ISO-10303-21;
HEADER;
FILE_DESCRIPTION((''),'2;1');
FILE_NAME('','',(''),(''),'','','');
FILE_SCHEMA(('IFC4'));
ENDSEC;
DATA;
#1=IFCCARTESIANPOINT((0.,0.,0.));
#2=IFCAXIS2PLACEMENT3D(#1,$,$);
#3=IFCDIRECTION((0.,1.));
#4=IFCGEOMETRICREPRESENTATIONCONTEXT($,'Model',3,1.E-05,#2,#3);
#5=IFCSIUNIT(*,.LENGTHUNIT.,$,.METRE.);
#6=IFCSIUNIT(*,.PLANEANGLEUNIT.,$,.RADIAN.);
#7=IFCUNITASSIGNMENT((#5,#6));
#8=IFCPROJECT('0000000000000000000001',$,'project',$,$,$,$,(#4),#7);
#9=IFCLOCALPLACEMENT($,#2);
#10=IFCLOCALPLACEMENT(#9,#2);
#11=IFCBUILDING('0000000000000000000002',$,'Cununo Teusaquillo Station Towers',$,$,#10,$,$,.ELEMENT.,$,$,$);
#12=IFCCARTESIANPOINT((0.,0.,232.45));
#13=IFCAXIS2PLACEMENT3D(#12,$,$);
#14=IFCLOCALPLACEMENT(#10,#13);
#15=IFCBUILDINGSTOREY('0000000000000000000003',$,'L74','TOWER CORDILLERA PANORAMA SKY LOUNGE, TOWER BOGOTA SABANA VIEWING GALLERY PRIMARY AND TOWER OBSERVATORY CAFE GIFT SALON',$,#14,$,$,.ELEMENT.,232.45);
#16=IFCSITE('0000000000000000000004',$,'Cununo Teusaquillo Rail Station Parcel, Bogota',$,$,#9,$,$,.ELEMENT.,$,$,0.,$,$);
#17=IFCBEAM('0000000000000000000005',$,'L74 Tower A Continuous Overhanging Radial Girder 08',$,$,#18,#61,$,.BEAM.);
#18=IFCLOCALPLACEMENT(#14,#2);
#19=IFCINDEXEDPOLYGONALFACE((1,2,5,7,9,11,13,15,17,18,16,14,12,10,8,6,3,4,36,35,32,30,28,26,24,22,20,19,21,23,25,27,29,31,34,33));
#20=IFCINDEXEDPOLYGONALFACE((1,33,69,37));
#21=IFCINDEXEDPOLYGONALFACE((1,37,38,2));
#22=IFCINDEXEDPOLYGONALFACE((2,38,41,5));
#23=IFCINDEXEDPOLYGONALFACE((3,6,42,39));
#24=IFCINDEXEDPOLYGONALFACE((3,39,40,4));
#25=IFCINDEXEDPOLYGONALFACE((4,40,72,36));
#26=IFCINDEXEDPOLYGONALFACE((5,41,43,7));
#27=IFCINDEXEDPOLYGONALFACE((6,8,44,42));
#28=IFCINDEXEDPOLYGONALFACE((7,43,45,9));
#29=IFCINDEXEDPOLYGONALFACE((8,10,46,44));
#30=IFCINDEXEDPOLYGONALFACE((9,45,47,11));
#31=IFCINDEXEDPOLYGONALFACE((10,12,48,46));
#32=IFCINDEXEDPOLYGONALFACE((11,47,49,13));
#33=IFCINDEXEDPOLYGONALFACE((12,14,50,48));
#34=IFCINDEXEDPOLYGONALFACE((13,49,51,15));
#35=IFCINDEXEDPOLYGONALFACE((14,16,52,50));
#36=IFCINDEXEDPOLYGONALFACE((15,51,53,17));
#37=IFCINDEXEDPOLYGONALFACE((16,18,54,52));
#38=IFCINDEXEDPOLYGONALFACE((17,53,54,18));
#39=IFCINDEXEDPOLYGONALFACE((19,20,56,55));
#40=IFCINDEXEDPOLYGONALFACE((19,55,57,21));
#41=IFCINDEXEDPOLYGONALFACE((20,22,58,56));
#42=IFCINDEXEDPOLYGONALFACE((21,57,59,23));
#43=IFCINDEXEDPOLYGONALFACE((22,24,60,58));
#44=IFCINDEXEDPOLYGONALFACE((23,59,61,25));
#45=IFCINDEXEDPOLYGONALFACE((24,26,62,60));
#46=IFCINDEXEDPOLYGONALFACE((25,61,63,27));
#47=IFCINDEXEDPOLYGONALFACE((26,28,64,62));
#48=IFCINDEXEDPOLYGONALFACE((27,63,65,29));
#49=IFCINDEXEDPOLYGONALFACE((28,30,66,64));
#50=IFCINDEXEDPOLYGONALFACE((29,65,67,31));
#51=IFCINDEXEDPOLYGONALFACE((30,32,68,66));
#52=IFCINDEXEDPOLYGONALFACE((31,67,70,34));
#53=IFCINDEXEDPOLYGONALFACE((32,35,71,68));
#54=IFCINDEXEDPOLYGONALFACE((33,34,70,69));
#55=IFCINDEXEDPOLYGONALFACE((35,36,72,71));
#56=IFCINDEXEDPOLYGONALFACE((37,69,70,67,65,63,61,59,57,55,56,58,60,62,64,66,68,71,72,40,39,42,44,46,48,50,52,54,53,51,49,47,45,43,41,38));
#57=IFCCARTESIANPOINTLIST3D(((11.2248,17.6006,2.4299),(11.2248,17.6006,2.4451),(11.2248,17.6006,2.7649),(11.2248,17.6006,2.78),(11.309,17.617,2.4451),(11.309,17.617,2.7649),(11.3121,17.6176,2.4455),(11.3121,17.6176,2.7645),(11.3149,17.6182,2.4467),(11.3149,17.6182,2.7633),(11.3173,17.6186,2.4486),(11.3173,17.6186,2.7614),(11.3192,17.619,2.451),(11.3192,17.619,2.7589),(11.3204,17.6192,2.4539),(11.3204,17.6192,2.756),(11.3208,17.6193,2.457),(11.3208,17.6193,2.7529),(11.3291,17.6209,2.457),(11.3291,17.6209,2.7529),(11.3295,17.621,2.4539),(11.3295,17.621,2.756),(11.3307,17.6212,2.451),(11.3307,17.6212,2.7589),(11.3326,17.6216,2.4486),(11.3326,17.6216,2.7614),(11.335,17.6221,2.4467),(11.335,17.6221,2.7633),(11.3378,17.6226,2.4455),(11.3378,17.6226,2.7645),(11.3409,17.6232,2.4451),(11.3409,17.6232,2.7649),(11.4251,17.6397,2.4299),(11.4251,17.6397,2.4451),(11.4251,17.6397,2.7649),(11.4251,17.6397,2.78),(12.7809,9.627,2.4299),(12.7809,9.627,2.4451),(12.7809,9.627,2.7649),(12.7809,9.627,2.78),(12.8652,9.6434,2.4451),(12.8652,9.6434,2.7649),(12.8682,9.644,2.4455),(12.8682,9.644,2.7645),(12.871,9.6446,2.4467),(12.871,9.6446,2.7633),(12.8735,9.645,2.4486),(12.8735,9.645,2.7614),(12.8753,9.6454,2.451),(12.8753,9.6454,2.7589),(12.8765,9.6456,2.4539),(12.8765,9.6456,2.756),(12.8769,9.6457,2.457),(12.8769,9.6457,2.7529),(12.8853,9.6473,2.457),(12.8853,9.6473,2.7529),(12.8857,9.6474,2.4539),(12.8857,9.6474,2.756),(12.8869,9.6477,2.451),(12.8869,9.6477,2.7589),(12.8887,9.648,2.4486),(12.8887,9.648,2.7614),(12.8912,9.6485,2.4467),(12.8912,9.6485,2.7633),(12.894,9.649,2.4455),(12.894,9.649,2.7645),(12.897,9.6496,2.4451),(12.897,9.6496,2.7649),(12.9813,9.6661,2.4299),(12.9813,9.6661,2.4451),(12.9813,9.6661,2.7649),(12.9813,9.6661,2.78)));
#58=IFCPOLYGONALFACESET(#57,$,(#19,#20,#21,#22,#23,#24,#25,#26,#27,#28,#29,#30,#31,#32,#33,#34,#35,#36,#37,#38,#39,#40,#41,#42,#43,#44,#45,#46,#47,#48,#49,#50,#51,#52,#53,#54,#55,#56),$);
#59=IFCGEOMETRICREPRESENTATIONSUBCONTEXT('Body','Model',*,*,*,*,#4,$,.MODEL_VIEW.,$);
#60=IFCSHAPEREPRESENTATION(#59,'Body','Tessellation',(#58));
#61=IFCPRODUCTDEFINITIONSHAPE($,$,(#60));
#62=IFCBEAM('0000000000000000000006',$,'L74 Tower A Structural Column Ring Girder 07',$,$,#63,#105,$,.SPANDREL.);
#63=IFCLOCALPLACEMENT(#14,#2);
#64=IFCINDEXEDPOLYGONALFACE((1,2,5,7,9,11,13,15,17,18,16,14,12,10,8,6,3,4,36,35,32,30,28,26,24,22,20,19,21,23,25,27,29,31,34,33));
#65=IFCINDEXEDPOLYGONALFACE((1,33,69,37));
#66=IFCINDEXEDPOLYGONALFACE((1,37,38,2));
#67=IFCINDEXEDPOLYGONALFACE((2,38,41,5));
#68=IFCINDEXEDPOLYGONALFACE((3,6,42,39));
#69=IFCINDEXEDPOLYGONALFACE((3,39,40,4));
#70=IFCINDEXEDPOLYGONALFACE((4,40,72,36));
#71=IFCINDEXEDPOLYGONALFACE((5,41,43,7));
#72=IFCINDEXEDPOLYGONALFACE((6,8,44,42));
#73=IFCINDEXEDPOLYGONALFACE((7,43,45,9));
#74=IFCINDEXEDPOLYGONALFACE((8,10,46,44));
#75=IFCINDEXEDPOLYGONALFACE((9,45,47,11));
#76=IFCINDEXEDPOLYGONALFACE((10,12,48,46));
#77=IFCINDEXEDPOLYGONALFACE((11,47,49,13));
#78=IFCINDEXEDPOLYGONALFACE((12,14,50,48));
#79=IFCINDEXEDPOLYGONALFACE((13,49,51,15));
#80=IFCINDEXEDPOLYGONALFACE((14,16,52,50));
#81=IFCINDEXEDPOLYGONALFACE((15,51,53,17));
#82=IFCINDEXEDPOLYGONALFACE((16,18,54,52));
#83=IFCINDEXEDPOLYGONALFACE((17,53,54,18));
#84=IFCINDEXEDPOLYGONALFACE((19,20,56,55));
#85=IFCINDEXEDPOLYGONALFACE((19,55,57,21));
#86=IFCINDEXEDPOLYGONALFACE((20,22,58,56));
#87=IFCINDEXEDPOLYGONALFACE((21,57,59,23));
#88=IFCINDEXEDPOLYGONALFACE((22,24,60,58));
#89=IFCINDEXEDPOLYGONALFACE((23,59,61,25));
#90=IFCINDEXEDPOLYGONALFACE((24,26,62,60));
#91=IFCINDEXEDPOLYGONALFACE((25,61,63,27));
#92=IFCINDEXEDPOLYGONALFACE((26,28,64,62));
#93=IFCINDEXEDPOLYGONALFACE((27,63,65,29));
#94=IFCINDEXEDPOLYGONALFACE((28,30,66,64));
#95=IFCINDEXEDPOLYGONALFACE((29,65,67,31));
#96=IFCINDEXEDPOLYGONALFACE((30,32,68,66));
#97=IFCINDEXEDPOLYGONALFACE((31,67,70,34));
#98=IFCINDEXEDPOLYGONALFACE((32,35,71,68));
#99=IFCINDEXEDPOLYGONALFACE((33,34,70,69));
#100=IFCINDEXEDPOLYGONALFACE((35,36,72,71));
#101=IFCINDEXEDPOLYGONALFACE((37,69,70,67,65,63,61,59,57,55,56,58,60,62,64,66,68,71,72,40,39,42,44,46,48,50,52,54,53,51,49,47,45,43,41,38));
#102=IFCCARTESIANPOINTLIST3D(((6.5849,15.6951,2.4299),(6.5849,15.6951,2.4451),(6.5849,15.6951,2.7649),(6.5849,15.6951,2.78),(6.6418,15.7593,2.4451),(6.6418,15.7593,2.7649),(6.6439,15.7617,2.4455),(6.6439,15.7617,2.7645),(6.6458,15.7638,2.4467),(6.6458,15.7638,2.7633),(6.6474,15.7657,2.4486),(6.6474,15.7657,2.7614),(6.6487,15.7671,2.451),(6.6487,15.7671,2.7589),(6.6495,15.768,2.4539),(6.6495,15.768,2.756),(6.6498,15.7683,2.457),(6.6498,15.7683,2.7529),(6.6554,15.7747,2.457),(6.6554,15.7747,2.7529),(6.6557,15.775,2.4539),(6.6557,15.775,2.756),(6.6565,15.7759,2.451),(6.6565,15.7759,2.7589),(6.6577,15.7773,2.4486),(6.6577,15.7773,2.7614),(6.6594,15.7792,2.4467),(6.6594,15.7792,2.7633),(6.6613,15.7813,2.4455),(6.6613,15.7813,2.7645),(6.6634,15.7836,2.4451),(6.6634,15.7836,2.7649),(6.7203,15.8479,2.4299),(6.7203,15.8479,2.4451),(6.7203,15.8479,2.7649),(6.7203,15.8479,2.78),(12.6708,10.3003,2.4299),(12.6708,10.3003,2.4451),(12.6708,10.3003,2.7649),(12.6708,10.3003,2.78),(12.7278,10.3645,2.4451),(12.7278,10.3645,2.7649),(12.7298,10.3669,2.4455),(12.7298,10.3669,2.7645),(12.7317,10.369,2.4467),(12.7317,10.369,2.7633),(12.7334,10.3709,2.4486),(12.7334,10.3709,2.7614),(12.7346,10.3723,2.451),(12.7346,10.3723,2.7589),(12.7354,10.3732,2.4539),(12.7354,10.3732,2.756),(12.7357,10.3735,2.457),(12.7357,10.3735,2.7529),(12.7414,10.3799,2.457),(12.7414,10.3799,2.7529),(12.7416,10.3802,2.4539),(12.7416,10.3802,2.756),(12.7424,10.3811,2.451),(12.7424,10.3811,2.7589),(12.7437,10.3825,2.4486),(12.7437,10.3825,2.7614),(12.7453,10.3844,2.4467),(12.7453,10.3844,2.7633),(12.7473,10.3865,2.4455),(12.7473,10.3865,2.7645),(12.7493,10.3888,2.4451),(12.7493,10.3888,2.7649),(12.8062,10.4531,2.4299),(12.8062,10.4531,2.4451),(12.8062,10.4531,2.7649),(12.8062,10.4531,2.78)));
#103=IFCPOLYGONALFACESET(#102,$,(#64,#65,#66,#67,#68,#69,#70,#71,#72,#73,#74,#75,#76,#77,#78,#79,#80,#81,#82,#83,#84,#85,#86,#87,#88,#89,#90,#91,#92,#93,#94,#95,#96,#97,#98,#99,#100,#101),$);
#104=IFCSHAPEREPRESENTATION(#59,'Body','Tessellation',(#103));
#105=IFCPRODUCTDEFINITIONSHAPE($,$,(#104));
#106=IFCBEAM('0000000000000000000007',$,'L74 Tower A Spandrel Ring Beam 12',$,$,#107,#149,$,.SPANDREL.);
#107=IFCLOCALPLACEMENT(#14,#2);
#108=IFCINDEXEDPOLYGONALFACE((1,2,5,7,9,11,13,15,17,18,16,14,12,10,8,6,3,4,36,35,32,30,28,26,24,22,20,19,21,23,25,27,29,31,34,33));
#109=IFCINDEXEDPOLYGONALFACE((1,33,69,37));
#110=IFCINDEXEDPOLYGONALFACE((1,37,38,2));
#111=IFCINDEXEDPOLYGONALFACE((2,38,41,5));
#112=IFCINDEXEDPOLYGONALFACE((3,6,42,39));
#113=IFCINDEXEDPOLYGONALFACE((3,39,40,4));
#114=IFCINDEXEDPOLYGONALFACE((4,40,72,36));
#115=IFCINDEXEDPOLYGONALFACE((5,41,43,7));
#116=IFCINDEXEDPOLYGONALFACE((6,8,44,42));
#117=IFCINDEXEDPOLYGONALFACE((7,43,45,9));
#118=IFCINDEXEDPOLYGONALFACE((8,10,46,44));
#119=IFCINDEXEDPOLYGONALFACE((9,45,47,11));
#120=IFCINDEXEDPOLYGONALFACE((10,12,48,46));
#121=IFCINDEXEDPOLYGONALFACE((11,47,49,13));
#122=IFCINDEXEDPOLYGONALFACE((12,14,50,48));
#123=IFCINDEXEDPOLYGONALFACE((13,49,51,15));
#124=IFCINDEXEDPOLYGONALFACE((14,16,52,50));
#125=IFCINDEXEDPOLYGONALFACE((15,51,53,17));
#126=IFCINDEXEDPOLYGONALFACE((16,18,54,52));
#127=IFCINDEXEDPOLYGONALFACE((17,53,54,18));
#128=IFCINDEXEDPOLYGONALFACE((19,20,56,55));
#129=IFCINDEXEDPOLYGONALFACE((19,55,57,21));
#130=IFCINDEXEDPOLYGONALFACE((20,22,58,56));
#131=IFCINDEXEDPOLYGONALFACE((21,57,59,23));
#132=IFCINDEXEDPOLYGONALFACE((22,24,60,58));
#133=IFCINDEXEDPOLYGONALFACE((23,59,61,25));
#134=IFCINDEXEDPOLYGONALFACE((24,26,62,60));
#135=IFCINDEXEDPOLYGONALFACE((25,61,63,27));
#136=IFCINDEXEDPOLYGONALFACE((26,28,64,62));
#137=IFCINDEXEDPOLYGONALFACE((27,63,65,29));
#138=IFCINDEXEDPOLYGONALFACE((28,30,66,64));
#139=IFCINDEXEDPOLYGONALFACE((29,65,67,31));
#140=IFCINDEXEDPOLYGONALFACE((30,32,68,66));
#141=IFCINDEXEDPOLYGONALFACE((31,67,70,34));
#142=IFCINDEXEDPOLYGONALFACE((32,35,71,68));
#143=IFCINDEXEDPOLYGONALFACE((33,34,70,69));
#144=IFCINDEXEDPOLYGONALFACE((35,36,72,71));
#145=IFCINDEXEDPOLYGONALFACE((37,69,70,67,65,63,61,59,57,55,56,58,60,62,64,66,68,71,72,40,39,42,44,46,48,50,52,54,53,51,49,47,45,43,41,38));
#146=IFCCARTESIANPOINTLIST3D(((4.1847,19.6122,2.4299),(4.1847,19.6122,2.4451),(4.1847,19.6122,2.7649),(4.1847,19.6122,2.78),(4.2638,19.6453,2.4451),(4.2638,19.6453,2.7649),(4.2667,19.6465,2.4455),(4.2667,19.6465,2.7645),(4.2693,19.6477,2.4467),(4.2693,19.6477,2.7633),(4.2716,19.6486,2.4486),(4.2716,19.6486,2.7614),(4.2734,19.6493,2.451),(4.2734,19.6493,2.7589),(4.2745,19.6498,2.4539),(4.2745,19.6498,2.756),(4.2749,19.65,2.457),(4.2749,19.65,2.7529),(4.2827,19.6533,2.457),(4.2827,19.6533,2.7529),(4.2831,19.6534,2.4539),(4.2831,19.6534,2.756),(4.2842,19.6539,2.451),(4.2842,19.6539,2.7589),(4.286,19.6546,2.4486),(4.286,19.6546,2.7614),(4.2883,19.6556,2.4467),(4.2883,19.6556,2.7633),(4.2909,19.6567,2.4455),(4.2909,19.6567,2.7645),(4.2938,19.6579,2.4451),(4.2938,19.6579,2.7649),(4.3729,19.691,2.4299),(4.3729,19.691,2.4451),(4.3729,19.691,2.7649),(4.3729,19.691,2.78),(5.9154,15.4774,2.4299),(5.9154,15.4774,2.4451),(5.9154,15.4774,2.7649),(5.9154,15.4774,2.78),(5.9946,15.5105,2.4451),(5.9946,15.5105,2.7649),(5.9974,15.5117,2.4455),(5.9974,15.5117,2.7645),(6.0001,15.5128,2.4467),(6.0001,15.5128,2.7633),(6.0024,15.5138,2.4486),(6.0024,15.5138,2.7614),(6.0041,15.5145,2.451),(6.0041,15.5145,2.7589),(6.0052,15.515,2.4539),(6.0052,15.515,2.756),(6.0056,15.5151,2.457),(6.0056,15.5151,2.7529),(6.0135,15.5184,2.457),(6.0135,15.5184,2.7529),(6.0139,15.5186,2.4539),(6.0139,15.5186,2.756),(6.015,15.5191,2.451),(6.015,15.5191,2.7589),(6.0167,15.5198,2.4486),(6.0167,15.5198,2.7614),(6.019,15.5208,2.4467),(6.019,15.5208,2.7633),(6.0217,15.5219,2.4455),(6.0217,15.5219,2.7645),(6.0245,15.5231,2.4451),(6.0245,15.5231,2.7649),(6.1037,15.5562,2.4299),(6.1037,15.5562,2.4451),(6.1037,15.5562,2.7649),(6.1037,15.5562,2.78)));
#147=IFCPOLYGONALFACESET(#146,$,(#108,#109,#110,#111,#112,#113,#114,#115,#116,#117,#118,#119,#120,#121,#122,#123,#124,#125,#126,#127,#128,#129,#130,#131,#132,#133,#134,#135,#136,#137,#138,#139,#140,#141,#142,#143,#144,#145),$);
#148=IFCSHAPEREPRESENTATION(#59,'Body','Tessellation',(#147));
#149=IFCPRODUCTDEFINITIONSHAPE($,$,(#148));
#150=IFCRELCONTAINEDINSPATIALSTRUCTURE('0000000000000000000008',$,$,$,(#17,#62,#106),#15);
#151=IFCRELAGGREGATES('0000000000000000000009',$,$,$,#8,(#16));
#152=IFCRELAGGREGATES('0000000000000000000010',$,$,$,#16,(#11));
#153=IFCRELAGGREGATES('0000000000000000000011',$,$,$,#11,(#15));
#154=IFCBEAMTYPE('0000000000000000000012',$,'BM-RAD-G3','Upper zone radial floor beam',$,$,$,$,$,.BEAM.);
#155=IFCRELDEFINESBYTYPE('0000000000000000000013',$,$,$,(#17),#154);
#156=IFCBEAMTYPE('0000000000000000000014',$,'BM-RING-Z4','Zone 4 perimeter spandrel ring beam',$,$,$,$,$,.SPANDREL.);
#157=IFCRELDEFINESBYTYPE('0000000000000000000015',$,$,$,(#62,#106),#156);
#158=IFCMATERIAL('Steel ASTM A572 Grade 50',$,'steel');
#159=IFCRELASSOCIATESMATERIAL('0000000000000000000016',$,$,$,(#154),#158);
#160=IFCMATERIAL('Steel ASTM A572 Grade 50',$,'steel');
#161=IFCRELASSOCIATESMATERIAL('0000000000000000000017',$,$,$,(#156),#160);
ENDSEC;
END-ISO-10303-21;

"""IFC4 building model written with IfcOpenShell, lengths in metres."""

from ifc_helpers import new_model, si_unit, direction, frame, origin, origin_2d, place, context, subcontext, project, spatial, i_section, extrude, material, material_profile, profile_set, type_object, element, save


model = new_model("IFC4")

# Units and contexts
model_context = context("Model", 3, precision=1e-05, world=origin(), true_north=direction((0.0, 1.0)))
body_context = subcontext(model_context, "Body", "Model", "MODEL_VIEW")
ifc_project = project(units=[si_unit("LENGTHUNIT", "METRE"), si_unit("PLANEANGLEUNIT", "RADIAN")], contexts=[model_context])

# Site, building, storey
site_placement = place(None, origin())
site = spatial("IfcSite", under=ifc_project, at=site_placement, Name="Cununo Teusaquillo Rail Station Parcel, Bogota", CompositionType="ELEMENT", RefElevation=0.0)
building_placement = place(site_placement, origin())
building = spatial("IfcBuilding", under=site, at=building_placement, Name="Cununo Teusaquillo Station Towers", CompositionType="ELEMENT")
storey_placement = place(building_placement, frame((0.0, 0.0, 232.45)))
storey = spatial("IfcBuildingStorey", under=building, at=storey_placement, Name="L74", Description="TOWER CORDILLERA PANORAMA SKY LOUNGE, TOWER BOGOTA SABANA VIEWING GALLERY PRIMARY AND TOWER OBSERVATORY CAFE GIFT SALON", CompositionType="ELEMENT", Elevation=232.45)

# Beams
ifc_material_1 = material(Name="Steel ASTM A572 Grade 50", Category="steel")
ifc_material_profile_1 = material_profile(ifc_material_1, i_section(OverallWidth=0.2041, OverallDepth=0.3501, WebThickness=0.0085, FlangeThickness=0.0151, FilletRadius=0.012, at=origin_2d()), Name="W14X48")
ifc_profile_set_1 = profile_set([ifc_material_profile_1], Name="Steel ASTM A572 Grade 50")
beam_type_1 = type_object("IfcBeamType", Name="BM-RAD-G3", Description="Upper zone radial floor beam", PredefinedType="BEAM", material=ifc_profile_set_1)
beam_1_placement = place(storey_placement, frame((11.325, 17.6201, 2.605), z_axis=(0.191548, -0.981483, 0.0), x_axis=(0.981483, 0.191548, 0.0)))
element("IfcBeam", 1, at=beam_1_placement, inside=storey, type_object=beam_type_1, Name="L74 Tower A Continuous Overhanging Radial Girder 08", PredefinedType="BEAM", context=body_context, shape_type="SweptSolid", body=[
    extrude(i_section(OverallWidth=0.2041, OverallDepth=0.3501, WebThickness=0.0085, FlangeThickness=0.0151, FilletRadius=0.012, at=origin_2d()), origin(), (0.0, 0.0, 1.0), 8.124),
])
ifc_material_2 = material(Name="Steel ASTM A572 Grade 50", Category="steel")
ifc_material_profile_2 = material_profile(ifc_material_2, i_section(OverallWidth=0.2041, OverallDepth=0.3501, WebThickness=0.0085, FlangeThickness=0.0151, FilletRadius=0.012, at=origin_2d()), Name="W14X48")
ifc_profile_set_2 = profile_set([ifc_material_profile_2], Name="Steel ASTM A572 Grade 50")
beam_type_2 = type_object("IfcBeamType", Name="BM-RING-Z4", Description="Zone 4 perimeter spandrel ring beam", PredefinedType="SPANDREL", material=ifc_profile_set_2)
beam_2_placement = place(storey_placement, frame((6.6526, 15.7715, 2.605), z_axis=(0.748321, -0.663337, 0.0), x_axis=(0.663337, 0.748321, 0.0)))
element("IfcBeam", 2, at=beam_2_placement, inside=storey, type_object=beam_type_2, Name="L74 Tower A Structural Column Ring Girder 07", PredefinedType="SPANDREL", context=body_context, shape_type="SweptSolid", body=[
    extrude(i_section(OverallWidth=0.2041, OverallDepth=0.3501, WebThickness=0.0085, FlangeThickness=0.0151, FilletRadius=0.012, at=origin_2d()), origin(), (0.0, 0.0, 1.0), 8.1328),
])
beam_3_placement = place(storey_placement, frame((4.2788, 19.6516, 2.605), z_axis=(0.386115, -0.92245, 0.0), x_axis=(0.92245, 0.386115, 0.0)))
element("IfcBeam", 3, at=beam_3_placement, inside=storey, type_object=beam_type_2, Name="L74 Tower A Spandrel Ring Beam 12", PredefinedType="SPANDREL", context=body_context, shape_type="SweptSolid", body=[
    extrude(i_section(OverallWidth=0.2041, OverallDepth=0.3501, WebThickness=0.0085, FlangeThickness=0.0151, FilletRadius=0.012, at=origin_2d()), origin(), (0.0, 0.0, 1.0), 4.4824),
])

save(model, "model.ifc")
